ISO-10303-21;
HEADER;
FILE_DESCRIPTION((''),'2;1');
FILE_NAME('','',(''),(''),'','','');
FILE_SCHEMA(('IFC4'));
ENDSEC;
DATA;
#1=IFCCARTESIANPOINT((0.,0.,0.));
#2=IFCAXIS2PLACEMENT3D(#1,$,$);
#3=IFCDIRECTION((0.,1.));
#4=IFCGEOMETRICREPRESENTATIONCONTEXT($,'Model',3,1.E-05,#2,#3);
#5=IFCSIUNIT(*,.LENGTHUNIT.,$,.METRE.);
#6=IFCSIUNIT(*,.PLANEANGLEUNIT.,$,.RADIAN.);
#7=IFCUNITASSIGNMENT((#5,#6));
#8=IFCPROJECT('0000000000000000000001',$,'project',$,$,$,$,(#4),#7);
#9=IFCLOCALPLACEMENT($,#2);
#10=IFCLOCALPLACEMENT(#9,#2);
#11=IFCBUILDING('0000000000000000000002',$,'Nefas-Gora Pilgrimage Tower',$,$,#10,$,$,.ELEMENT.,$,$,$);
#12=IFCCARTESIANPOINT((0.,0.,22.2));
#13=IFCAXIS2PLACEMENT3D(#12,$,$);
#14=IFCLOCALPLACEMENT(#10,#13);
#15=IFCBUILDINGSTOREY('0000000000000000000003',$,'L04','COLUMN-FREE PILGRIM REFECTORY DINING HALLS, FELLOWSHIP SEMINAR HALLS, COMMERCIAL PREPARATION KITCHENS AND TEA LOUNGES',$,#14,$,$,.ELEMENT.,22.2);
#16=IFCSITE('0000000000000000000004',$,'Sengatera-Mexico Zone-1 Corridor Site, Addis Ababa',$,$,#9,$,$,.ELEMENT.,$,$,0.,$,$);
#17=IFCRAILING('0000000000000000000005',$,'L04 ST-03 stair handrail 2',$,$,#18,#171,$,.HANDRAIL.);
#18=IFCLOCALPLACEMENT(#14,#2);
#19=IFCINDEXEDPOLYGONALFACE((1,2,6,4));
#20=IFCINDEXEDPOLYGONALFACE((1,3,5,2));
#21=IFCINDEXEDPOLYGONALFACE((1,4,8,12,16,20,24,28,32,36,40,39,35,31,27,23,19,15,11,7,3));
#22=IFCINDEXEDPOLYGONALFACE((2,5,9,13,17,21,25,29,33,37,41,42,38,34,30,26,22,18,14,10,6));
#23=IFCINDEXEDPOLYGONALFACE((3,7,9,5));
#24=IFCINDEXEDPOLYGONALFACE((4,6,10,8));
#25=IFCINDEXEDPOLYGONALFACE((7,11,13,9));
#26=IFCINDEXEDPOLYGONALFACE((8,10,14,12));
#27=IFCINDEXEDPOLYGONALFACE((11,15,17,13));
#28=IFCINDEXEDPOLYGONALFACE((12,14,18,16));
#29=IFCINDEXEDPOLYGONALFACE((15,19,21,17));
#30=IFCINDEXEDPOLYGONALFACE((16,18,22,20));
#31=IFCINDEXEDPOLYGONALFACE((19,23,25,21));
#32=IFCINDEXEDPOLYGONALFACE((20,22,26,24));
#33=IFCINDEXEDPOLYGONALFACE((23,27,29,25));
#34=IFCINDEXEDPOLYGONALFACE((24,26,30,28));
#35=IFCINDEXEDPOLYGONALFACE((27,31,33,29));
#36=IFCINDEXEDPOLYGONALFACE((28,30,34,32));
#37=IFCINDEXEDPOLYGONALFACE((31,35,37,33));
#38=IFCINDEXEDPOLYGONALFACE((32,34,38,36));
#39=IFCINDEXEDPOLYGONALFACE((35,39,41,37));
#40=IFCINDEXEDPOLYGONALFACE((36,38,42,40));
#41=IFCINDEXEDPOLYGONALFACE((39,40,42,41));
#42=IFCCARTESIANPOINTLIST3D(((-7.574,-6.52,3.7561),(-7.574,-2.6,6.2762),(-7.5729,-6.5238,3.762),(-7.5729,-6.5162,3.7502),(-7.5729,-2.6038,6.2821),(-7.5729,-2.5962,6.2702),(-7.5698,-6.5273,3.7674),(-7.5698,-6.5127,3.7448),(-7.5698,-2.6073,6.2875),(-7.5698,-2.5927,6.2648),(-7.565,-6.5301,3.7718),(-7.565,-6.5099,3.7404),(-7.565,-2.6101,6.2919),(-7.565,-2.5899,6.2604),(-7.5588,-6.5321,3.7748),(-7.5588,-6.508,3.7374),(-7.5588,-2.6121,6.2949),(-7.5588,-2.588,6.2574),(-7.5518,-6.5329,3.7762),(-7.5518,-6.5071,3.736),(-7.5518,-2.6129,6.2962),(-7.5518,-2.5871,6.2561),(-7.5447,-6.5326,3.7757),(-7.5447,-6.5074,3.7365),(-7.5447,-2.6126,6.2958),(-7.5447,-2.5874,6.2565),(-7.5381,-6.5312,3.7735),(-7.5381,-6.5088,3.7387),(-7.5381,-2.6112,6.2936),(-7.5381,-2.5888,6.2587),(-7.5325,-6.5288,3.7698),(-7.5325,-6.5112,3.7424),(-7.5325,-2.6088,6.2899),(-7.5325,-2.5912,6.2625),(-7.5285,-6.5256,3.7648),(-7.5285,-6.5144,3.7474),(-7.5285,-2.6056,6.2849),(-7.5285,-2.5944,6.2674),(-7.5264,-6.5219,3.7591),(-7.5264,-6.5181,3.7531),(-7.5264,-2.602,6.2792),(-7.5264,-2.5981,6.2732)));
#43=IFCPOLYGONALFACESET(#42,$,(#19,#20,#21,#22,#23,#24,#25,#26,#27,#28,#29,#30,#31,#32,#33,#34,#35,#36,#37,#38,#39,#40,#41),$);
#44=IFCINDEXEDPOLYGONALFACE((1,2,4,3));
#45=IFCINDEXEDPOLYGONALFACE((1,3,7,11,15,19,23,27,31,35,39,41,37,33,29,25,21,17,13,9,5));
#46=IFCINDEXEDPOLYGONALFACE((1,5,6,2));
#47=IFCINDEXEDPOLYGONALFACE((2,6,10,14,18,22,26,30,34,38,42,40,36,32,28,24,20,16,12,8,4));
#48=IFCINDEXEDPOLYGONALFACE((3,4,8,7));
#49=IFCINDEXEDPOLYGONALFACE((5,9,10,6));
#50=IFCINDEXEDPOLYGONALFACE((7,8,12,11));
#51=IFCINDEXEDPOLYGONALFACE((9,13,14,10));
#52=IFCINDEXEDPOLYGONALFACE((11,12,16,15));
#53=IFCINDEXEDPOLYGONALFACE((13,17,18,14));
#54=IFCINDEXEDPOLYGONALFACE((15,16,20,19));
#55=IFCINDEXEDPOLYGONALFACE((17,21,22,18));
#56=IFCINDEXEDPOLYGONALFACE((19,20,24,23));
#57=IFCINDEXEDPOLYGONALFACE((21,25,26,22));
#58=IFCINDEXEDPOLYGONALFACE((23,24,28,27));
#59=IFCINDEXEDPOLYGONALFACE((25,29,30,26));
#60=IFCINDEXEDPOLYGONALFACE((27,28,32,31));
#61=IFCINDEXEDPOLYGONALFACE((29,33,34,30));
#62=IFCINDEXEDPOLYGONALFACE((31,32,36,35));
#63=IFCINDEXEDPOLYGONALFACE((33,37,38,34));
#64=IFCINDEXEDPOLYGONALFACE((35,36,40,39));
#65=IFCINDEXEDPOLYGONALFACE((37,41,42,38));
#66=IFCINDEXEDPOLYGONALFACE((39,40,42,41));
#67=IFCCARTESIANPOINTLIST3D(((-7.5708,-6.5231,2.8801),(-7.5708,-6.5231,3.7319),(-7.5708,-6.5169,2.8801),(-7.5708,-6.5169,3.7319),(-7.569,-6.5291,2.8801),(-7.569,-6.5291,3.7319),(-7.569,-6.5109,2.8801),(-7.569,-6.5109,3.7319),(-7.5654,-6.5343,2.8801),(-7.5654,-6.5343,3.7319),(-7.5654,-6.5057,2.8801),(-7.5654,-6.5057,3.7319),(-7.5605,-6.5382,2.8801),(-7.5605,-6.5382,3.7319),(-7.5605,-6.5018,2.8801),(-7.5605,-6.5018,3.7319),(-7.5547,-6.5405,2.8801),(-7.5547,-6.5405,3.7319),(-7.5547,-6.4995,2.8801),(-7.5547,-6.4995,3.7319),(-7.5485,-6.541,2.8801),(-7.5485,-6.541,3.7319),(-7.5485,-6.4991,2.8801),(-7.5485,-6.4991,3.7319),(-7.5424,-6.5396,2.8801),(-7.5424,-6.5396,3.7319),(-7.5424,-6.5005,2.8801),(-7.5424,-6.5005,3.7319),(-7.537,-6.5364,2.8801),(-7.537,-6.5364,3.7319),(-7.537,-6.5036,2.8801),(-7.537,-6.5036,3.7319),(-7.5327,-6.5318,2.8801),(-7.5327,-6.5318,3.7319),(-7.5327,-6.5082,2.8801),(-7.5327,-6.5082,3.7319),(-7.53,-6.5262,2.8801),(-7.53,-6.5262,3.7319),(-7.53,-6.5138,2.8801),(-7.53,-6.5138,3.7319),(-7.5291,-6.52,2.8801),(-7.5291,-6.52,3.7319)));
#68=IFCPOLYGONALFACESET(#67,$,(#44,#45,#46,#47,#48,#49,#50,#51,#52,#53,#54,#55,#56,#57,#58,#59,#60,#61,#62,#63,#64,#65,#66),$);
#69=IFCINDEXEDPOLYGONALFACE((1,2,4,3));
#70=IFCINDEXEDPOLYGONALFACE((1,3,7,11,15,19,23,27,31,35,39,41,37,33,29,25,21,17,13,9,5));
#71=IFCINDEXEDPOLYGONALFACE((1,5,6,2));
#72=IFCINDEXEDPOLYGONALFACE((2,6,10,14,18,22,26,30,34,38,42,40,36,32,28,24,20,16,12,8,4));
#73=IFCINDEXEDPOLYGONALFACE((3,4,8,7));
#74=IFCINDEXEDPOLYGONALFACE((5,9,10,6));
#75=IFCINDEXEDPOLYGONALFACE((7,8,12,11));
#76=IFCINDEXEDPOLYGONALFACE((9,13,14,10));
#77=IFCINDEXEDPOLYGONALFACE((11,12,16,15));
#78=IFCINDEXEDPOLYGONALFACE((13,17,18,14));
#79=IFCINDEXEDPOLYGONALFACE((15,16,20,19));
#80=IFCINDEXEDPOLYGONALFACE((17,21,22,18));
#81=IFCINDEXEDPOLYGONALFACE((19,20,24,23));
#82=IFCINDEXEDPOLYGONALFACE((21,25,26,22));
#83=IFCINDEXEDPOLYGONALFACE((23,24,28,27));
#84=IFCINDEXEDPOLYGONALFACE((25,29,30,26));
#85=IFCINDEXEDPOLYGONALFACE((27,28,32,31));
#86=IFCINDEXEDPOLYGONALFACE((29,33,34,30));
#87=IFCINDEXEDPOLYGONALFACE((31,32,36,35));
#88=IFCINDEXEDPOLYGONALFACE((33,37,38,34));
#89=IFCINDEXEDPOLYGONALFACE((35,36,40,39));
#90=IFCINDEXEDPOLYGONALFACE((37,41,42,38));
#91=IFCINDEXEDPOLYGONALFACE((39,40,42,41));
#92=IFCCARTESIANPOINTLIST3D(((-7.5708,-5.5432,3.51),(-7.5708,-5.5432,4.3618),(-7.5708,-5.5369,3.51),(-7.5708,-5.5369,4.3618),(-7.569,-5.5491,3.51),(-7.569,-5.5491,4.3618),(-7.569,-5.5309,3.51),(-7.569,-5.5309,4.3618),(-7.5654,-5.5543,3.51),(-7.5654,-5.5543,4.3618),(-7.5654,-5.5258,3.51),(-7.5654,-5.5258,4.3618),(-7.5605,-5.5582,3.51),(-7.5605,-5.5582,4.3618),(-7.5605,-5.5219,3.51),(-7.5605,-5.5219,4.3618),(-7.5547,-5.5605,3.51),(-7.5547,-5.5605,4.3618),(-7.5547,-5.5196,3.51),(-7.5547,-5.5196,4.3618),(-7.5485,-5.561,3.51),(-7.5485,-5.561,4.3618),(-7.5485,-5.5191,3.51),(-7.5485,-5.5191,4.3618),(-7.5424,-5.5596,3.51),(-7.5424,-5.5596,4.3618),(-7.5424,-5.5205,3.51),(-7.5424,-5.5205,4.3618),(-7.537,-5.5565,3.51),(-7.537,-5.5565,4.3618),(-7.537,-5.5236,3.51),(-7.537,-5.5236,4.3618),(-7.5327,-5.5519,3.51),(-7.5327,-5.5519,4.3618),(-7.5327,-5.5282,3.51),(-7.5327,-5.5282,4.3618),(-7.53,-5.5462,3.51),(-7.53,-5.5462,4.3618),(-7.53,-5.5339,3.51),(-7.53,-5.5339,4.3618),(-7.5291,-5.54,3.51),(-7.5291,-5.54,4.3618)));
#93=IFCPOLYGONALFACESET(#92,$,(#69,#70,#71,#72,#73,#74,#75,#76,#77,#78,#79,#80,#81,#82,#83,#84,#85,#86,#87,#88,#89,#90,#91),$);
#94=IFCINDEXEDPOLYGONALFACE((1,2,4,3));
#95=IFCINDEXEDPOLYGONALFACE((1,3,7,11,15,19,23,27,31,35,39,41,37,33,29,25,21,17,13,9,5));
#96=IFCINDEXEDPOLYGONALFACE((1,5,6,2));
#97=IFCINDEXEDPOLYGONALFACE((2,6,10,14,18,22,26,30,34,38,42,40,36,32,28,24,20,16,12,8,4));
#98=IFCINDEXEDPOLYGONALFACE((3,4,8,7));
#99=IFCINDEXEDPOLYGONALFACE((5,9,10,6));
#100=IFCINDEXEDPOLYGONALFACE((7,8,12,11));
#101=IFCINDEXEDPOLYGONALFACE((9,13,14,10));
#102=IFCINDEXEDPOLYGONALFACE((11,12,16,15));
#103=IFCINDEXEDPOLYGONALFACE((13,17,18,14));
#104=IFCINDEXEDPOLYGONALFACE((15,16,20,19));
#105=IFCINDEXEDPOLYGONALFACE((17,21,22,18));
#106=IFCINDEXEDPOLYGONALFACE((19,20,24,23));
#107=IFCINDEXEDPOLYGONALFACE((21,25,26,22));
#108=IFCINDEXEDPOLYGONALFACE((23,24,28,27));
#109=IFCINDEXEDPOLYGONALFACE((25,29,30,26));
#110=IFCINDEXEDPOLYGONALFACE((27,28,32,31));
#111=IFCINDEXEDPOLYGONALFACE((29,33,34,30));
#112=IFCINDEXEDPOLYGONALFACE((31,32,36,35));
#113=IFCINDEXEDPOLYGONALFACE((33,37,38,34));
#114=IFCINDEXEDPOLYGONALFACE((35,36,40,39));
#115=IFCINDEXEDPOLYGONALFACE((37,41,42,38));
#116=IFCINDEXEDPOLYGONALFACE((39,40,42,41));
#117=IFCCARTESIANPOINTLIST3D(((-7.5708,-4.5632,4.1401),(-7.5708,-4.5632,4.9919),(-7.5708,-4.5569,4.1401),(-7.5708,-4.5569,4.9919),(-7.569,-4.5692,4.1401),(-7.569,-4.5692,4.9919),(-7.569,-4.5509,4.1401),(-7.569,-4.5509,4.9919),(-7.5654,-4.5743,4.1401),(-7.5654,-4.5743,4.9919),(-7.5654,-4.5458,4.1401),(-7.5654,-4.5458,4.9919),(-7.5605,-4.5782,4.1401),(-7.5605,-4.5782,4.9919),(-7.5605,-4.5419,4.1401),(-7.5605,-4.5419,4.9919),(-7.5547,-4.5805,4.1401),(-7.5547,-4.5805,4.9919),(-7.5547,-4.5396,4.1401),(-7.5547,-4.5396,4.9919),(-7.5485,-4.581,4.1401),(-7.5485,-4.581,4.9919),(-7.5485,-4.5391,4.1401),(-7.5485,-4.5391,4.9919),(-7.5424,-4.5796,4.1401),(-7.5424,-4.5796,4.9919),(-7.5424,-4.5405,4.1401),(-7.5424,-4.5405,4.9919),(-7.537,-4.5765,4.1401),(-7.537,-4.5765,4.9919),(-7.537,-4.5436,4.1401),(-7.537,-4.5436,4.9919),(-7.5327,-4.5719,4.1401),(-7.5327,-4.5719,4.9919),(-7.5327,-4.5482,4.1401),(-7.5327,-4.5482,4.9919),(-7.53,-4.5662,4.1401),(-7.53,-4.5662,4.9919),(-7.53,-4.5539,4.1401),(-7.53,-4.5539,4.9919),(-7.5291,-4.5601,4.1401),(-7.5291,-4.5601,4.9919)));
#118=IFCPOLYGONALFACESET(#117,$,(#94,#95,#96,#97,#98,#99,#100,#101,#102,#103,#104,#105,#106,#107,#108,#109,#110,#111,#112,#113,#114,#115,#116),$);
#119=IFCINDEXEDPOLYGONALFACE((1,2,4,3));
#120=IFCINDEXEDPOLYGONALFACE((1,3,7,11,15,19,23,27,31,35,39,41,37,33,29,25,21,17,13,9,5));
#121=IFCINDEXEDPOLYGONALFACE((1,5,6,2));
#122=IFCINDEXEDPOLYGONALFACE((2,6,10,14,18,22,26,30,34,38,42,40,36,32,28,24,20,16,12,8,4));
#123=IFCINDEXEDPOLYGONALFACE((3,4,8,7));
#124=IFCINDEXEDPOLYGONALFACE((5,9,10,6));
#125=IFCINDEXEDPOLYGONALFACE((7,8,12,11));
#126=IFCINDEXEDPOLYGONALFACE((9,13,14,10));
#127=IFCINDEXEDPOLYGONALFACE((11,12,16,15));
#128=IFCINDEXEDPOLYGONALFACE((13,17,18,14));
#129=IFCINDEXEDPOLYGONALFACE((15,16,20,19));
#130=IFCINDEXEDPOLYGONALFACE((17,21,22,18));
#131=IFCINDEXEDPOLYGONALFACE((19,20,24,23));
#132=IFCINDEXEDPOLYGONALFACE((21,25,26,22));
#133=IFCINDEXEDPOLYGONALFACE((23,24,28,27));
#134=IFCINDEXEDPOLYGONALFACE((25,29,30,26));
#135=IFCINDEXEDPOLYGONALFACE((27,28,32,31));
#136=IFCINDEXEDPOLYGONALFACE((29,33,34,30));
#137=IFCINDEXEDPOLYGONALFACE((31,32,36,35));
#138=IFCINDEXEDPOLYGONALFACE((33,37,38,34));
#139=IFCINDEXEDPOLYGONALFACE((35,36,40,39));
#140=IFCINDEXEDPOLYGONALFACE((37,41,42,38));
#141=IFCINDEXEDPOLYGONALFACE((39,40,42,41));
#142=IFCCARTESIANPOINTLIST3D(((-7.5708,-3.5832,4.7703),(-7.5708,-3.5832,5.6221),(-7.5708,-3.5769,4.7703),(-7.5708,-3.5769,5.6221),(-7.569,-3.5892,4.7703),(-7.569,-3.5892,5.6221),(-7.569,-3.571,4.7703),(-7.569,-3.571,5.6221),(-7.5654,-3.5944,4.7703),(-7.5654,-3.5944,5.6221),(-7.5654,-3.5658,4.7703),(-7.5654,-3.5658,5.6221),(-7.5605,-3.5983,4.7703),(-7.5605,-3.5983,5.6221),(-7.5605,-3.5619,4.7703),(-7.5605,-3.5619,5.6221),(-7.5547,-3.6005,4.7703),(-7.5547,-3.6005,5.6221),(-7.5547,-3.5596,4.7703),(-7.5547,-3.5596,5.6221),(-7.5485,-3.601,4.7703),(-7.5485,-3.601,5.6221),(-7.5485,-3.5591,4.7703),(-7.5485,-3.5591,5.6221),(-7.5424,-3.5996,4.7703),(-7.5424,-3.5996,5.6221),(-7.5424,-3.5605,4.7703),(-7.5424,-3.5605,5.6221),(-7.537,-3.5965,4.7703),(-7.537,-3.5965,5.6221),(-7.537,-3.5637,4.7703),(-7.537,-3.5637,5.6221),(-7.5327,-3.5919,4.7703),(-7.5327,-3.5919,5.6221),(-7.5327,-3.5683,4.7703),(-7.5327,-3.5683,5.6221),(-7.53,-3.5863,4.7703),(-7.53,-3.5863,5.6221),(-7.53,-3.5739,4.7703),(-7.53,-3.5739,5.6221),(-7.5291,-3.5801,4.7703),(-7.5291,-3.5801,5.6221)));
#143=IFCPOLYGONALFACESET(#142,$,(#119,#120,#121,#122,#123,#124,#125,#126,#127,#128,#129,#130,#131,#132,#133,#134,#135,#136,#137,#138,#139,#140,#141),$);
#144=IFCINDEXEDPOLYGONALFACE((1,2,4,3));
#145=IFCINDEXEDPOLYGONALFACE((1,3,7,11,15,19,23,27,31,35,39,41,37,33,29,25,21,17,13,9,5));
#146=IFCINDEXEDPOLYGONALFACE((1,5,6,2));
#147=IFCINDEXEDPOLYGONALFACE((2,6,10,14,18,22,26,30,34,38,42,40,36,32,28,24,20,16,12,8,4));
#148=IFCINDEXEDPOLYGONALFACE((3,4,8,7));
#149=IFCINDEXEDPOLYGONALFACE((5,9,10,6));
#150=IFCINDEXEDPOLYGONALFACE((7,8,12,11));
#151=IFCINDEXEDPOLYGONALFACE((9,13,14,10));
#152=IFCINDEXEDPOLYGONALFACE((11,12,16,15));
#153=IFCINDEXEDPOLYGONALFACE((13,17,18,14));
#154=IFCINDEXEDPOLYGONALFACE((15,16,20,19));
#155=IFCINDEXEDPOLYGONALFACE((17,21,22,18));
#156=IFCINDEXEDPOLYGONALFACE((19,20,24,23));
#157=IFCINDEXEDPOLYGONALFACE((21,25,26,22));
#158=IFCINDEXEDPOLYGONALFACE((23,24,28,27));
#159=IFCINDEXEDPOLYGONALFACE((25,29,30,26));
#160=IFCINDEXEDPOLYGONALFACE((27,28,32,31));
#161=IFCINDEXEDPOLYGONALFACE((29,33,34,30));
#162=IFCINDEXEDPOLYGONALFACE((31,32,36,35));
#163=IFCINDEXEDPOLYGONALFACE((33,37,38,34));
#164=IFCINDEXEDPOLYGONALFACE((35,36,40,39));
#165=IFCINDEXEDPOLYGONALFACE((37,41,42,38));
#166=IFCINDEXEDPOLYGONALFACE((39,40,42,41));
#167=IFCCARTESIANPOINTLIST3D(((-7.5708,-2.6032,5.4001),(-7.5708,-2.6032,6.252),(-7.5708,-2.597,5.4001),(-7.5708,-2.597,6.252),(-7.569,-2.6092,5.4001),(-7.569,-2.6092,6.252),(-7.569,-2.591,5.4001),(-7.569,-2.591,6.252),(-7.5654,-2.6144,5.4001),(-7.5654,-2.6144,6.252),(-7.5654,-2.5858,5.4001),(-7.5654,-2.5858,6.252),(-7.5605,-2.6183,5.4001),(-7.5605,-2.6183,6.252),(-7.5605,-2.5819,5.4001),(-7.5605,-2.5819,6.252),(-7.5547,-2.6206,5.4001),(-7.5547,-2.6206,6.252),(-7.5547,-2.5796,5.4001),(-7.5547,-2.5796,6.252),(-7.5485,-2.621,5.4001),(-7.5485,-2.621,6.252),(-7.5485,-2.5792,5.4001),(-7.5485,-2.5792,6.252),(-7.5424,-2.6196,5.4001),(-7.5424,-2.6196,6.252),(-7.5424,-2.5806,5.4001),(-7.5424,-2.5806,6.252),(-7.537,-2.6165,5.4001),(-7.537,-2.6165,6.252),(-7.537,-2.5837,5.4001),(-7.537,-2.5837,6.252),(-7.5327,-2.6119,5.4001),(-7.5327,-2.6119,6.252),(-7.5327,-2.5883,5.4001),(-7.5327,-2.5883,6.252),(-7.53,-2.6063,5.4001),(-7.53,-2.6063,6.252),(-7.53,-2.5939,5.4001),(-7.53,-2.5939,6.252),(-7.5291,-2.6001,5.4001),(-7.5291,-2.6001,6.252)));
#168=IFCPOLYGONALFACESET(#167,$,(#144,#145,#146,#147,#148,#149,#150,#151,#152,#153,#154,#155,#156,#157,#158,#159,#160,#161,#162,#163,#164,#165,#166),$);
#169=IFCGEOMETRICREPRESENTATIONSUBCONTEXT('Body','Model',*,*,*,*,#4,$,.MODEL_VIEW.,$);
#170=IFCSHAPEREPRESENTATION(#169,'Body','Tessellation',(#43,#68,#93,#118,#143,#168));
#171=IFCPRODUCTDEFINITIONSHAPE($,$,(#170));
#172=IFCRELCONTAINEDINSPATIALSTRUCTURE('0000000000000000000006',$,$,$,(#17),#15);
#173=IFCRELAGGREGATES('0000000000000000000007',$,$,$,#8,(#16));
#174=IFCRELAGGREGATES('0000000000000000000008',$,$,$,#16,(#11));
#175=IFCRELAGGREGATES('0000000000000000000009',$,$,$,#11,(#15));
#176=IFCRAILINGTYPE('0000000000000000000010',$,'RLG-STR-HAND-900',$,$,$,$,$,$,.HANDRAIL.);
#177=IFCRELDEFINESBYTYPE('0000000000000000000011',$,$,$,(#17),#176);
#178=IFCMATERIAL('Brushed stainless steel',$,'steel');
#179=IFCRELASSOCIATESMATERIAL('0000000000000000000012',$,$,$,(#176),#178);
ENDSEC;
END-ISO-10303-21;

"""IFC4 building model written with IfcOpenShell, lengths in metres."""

from ifc_helpers import new_model, si_unit, direction, frame, origin, origin_2d, place, context, subcontext, project, spatial, circle, extrude, material, type_object, element, save


model = new_model("IFC4")

# Units and contexts
model_context = context("Model", 3, precision=1e-05, world=origin(), true_north=direction((0.0, 1.0)))
body_context = subcontext(model_context, "Body", "Model", "MODEL_VIEW")
ifc_project = project(units=[si_unit("LENGTHUNIT", "METRE"), si_unit("PLANEANGLEUNIT", "RADIAN")], contexts=[model_context])

# Site, building, storey
site_placement = place(None, origin())
site = spatial("IfcSite", under=ifc_project, at=site_placement, Name="Sengatera-Mexico Zone-1 Corridor Site, Addis Ababa", CompositionType="ELEMENT", RefElevation=0.0)
building_placement = place(site_placement, origin())
building = spatial("IfcBuilding", under=site, at=building_placement, Name="Nefas-Gora Pilgrimage Tower", CompositionType="ELEMENT")
storey_placement = place(building_placement, frame((0.0, 0.0, 22.2)))
storey = spatial("IfcBuildingStorey", under=building, at=storey_placement, Name="L04", Description="COLUMN-FREE PILGRIM REFECTORY DINING HALLS, FELLOWSHIP SEMINAR HALLS, COMMERCIAL PREPARATION KITCHENS AND TEA LOUNGES", CompositionType="ELEMENT", Elevation=22.2)

# Railing
ifc_material_1 = material(Name="Brushed stainless steel", Category="steel")
railing_type_1 = type_object("IfcRailingType", Name="RLG-STR-HAND-900", PredefinedType="HANDRAIL", material=ifc_material_1)
railing_1_placement = place(storey_placement, frame((-7.55, -6.52, 2.8801)))
element("IfcRailing", 1, at=railing_1_placement, inside=storey, type_object=railing_type_1, Name="L04 ST-03 stair handrail 2", PredefinedType="HANDRAIL", context=body_context, shape_type="SweptSolid", body=[
    extrude(circle(Radius=0.0239, at=origin_2d()), frame((0.0, 0.0, 0.876), z_axis=(0.0, 0.841172, 0.540768), x_axis=(-1.0, 0.0, 0.0)), (0.0, 0.0, 1.0), 4.6602),
    extrude(circle(Radius=0.021, at=origin_2d()), origin(), (0.0, 0.0, 1.0), 0.8518),
    extrude(circle(Radius=0.021, at=origin_2d()), frame((0.0, 0.98, 0.6299)), (0.0, 0.0, 1.0), 0.8518),
    extrude(circle(Radius=0.021, at=origin_2d()), frame((0.0, 1.96, 1.26)), (0.0, 0.0, 1.0), 0.8518),
    extrude(circle(Radius=0.021, at=origin_2d()), frame((0.0, 2.9399, 1.8901)), (0.0, 0.0, 1.0), 0.8518),
    extrude(circle(Radius=0.021, at=origin_2d()), frame((0.0, 3.9199, 2.52)), (0.0, 0.0, 1.0), 0.8518),
])

save(model, "model.ifc")
